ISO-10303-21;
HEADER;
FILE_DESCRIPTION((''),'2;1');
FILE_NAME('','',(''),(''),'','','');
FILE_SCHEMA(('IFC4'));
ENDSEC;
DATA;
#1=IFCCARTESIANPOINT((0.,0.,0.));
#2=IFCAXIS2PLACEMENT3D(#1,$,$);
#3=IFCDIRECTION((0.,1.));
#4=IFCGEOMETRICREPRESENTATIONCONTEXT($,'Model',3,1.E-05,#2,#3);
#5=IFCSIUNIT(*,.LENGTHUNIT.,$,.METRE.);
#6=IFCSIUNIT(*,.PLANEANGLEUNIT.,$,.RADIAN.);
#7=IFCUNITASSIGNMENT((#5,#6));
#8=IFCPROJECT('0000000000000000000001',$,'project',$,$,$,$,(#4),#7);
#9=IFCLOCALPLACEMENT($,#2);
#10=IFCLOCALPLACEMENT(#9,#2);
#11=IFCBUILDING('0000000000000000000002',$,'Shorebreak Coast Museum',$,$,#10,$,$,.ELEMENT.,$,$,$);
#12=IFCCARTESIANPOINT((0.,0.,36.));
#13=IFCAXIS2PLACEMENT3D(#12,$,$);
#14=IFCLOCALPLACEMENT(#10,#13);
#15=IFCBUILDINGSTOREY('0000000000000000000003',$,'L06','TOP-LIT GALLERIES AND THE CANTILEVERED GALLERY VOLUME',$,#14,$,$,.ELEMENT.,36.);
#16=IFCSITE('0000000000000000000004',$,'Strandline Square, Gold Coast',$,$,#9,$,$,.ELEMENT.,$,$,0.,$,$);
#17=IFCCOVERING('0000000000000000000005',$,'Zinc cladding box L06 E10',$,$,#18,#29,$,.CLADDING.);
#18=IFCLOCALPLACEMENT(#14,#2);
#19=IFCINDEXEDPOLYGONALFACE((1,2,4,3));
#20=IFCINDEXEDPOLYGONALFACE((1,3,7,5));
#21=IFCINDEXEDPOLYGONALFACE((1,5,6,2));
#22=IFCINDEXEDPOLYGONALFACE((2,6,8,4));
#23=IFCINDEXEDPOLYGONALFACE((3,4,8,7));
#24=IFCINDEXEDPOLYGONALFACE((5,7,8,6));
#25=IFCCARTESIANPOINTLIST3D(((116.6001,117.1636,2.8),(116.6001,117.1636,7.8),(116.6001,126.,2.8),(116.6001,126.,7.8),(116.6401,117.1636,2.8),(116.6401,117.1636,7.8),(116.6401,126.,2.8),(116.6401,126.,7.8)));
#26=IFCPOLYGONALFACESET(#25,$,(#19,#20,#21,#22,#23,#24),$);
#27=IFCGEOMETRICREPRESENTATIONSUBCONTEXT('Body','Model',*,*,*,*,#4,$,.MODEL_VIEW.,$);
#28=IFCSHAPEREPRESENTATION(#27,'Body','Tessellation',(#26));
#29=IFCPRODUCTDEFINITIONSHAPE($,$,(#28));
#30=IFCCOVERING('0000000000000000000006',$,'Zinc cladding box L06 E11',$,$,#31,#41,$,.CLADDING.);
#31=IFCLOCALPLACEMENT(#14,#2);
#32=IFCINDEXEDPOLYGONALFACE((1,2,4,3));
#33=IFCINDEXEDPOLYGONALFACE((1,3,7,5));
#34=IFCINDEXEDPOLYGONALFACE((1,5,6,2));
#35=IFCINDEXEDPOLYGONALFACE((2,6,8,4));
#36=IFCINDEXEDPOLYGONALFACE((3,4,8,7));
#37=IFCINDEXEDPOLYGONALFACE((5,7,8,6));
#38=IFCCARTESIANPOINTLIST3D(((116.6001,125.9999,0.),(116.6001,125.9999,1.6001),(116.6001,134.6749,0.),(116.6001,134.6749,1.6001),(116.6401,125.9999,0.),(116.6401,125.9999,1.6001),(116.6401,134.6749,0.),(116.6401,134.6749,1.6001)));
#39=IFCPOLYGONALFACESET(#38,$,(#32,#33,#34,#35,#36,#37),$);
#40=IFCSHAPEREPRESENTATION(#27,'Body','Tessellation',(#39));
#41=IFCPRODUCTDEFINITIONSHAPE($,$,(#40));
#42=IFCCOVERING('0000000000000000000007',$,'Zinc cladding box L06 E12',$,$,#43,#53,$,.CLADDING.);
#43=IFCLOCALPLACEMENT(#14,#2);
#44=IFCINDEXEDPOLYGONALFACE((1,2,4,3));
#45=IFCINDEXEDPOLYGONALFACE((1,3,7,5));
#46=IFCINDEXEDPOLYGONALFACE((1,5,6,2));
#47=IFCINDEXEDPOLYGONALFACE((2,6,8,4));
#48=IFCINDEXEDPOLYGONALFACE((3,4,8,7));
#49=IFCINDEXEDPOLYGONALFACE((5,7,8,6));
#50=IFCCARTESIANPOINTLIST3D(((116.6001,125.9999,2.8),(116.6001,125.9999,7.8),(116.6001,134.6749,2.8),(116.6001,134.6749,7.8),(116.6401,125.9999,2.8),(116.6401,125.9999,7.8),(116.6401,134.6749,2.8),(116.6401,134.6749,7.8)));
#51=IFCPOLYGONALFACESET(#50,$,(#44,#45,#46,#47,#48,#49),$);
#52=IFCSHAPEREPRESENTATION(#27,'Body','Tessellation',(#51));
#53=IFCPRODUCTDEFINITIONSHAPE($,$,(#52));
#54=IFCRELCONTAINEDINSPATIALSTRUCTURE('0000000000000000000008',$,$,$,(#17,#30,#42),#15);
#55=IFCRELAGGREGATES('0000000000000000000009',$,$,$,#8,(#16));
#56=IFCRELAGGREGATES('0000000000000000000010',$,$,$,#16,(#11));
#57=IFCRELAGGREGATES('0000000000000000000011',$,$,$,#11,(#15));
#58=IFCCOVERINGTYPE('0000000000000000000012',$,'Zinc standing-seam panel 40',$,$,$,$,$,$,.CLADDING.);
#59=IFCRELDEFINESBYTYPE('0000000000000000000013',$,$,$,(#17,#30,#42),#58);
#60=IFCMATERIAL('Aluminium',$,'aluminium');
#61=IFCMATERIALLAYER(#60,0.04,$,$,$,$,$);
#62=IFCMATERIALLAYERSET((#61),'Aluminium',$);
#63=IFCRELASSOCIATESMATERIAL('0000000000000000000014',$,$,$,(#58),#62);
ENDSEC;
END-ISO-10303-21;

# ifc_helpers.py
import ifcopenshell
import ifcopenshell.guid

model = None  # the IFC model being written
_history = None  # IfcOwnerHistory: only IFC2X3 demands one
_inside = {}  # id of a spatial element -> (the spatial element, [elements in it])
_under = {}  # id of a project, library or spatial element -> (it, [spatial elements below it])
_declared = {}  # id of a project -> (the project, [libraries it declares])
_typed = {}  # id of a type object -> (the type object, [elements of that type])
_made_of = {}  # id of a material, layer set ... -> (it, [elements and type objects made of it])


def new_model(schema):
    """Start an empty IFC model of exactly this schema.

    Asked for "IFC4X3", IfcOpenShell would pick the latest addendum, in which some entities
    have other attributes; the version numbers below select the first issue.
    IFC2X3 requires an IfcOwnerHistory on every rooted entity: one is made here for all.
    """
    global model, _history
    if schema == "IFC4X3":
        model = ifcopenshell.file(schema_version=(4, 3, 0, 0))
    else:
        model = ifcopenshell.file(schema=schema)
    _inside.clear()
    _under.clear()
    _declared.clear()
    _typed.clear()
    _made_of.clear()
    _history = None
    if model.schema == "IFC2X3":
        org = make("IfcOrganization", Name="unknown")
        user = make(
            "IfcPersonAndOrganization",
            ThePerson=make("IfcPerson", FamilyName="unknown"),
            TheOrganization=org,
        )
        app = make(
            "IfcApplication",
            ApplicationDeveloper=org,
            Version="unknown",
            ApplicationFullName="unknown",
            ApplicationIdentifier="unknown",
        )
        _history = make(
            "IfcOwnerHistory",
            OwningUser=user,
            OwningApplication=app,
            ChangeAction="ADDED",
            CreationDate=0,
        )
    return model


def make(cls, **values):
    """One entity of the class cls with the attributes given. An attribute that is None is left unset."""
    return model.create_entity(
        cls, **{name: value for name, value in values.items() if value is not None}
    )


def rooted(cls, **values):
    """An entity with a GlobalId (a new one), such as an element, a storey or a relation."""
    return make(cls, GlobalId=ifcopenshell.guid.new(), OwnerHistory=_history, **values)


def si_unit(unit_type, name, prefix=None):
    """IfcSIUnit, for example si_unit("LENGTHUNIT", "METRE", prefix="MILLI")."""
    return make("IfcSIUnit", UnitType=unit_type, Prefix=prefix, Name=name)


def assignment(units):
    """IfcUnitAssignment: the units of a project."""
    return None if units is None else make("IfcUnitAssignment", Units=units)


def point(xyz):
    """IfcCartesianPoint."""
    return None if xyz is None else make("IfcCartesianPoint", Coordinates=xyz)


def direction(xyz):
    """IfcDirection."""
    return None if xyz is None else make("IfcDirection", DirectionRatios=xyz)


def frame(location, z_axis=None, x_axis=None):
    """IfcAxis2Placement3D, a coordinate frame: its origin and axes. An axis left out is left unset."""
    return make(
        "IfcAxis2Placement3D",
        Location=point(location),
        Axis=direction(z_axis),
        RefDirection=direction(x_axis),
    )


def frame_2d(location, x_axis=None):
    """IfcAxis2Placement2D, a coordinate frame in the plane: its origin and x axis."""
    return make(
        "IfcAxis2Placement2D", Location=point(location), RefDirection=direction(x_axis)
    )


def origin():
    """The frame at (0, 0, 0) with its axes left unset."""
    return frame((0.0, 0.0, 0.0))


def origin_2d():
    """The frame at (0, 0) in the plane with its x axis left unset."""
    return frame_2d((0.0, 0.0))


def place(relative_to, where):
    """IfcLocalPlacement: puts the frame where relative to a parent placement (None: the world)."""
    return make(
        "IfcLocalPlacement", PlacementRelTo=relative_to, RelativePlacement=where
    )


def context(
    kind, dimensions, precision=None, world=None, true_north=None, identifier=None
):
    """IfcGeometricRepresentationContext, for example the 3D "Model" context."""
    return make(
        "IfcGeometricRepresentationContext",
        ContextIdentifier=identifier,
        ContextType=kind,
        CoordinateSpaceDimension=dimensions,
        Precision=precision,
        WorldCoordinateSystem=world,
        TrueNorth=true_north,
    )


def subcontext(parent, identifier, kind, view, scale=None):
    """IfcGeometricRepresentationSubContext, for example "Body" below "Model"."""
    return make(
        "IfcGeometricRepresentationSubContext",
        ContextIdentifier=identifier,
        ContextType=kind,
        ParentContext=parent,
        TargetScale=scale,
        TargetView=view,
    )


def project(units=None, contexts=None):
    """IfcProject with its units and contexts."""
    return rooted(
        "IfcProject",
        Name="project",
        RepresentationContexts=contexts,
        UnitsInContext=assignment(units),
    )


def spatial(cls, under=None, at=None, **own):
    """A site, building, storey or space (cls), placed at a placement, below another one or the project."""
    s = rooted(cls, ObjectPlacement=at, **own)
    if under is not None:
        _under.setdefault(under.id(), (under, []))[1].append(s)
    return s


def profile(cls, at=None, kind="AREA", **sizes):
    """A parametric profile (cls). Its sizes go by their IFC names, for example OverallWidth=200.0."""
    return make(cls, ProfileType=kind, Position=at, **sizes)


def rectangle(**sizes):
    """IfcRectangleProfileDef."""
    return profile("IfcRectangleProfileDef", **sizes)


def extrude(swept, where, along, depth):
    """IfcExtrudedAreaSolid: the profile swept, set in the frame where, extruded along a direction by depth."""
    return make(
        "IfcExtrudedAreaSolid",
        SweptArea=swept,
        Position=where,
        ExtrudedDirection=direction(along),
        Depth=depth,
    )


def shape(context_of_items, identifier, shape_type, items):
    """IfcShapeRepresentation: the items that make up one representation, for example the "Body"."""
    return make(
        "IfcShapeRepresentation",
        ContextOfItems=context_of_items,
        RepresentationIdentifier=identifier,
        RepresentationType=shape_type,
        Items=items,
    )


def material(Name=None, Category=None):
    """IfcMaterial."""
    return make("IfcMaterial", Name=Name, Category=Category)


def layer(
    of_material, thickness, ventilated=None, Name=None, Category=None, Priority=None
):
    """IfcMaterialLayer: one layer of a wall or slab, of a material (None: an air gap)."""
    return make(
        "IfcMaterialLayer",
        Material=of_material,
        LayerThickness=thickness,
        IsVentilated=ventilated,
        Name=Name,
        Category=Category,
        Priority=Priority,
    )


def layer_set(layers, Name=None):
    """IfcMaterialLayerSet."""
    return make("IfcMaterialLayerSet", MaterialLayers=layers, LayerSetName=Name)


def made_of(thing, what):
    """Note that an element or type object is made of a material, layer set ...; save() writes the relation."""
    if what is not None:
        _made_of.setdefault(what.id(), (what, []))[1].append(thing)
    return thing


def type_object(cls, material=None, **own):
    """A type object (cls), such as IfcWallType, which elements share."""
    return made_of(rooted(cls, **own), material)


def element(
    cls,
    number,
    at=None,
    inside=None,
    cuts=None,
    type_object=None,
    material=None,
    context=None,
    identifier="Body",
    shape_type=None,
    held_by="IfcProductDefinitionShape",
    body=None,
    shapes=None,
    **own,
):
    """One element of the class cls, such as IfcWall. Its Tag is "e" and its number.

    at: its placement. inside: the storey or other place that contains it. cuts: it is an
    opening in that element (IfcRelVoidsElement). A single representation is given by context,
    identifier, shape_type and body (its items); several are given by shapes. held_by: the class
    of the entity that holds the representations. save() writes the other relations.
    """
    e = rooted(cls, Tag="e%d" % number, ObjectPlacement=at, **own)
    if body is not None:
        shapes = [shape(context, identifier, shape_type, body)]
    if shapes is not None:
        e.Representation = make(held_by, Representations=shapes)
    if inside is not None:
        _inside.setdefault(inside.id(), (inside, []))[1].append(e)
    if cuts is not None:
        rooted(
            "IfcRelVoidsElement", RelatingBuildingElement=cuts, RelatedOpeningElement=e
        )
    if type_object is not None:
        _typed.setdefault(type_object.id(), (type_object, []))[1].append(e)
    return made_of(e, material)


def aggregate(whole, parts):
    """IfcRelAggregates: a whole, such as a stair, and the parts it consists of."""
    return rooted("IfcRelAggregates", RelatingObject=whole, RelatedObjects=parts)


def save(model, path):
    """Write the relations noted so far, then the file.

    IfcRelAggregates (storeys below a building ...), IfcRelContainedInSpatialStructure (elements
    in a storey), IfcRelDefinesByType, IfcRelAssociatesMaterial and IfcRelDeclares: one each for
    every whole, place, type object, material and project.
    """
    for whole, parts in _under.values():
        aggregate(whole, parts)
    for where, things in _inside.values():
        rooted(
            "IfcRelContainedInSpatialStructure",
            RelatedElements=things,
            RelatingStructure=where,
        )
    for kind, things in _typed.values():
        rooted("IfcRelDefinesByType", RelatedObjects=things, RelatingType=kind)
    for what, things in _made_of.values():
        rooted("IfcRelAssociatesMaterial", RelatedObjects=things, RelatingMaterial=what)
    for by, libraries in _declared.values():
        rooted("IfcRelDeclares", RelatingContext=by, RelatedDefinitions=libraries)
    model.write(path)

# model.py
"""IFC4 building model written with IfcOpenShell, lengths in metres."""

from ifc_helpers import new_model, si_unit, direction, frame, origin, origin_2d, place, context, subcontext, project, spatial, rectangle, extrude, material, layer, layer_set, type_object, element, save


model = new_model("IFC4")

# Units and contexts
model_context = context("Model", 3, precision=1e-05, world=origin(), true_north=direction((0.0, 1.0)))
body_context = subcontext(model_context, "Body", "Model", "MODEL_VIEW")
ifc_project = project(units=[si_unit("LENGTHUNIT", "METRE"), si_unit("PLANEANGLEUNIT", "RADIAN")], contexts=[model_context])

# Site, building, storey
site_placement = place(None, origin())
site = spatial("IfcSite", under=ifc_project, at=site_placement, Name="Strandline Square, Gold Coast", CompositionType="ELEMENT", RefElevation=0.0)
building_placement = place(site_placement, origin())
building = spatial("IfcBuilding", under=site, at=building_placement, Name="Shorebreak Coast Museum", CompositionType="ELEMENT")
storey_placement = place(building_placement, frame((0.0, 0.0, 36.0)))
storey = spatial("IfcBuildingStorey", under=building, at=storey_placement, Name="L06", Description="TOP-LIT GALLERIES AND THE CANTILEVERED GALLERY VOLUME", CompositionType="ELEMENT", Elevation=36.0)

# Coverings
ifc_material_1 = material(Name="Aluminium", Category="aluminium")
ifc_layer_1 = layer(ifc_material_1, 0.04)
ifc_layer_set_1 = layer_set([ifc_layer_1], Name="Aluminium")
covering_type = type_object("IfcCoveringType", Name="Zinc standing-seam panel 40", PredefinedType="CLADDING", material=ifc_layer_set_1)
covering_1_placement = place(storey_placement, frame((116.6201, 121.5818, 2.8), z_axis=(0.0, 0.0, 1.0), x_axis=(1.0, 0.0, 0.0)))
element("IfcCovering", 1, at=covering_1_placement, inside=storey, type_object=covering_type, Name="Zinc cladding box L06 E10", PredefinedType="CLADDING", context=body_context, shape_type="SweptSolid", body=[
    extrude(rectangle(XDim=0.04, YDim=8.8364, at=origin_2d()), origin(), (0.0, 0.0, 1.0), 5.0),
])
covering_2_placement = place(storey_placement, frame((116.6201, 130.3374, 0.0), z_axis=(0.0, 0.0, 1.0), x_axis=(1.0, 0.0, 0.0)))
element("IfcCovering", 2, at=covering_2_placement, inside=storey, type_object=covering_type, Name="Zinc cladding box L06 E11", PredefinedType="CLADDING", context=body_context, shape_type="SweptSolid", body=[
    extrude(rectangle(XDim=0.04, YDim=8.675, at=origin_2d()), origin(), (0.0, 0.0, 1.0), 1.6001),
])
covering_3_placement = place(storey_placement, frame((116.6201, 130.3374, 2.8), z_axis=(0.0, 0.0, 1.0), x_axis=(1.0, 0.0, 0.0)))
element("IfcCovering", 3, at=covering_3_placement, inside=storey, type_object=covering_type, Name="Zinc cladding box L06 E12", PredefinedType="CLADDING", context=body_context, shape_type="SweptSolid", body=[
    extrude(rectangle(XDim=0.04, YDim=8.675, at=origin_2d()), origin(), (0.0, 0.0, 1.0), 5.0),
])

save(model, "model.ifc")
